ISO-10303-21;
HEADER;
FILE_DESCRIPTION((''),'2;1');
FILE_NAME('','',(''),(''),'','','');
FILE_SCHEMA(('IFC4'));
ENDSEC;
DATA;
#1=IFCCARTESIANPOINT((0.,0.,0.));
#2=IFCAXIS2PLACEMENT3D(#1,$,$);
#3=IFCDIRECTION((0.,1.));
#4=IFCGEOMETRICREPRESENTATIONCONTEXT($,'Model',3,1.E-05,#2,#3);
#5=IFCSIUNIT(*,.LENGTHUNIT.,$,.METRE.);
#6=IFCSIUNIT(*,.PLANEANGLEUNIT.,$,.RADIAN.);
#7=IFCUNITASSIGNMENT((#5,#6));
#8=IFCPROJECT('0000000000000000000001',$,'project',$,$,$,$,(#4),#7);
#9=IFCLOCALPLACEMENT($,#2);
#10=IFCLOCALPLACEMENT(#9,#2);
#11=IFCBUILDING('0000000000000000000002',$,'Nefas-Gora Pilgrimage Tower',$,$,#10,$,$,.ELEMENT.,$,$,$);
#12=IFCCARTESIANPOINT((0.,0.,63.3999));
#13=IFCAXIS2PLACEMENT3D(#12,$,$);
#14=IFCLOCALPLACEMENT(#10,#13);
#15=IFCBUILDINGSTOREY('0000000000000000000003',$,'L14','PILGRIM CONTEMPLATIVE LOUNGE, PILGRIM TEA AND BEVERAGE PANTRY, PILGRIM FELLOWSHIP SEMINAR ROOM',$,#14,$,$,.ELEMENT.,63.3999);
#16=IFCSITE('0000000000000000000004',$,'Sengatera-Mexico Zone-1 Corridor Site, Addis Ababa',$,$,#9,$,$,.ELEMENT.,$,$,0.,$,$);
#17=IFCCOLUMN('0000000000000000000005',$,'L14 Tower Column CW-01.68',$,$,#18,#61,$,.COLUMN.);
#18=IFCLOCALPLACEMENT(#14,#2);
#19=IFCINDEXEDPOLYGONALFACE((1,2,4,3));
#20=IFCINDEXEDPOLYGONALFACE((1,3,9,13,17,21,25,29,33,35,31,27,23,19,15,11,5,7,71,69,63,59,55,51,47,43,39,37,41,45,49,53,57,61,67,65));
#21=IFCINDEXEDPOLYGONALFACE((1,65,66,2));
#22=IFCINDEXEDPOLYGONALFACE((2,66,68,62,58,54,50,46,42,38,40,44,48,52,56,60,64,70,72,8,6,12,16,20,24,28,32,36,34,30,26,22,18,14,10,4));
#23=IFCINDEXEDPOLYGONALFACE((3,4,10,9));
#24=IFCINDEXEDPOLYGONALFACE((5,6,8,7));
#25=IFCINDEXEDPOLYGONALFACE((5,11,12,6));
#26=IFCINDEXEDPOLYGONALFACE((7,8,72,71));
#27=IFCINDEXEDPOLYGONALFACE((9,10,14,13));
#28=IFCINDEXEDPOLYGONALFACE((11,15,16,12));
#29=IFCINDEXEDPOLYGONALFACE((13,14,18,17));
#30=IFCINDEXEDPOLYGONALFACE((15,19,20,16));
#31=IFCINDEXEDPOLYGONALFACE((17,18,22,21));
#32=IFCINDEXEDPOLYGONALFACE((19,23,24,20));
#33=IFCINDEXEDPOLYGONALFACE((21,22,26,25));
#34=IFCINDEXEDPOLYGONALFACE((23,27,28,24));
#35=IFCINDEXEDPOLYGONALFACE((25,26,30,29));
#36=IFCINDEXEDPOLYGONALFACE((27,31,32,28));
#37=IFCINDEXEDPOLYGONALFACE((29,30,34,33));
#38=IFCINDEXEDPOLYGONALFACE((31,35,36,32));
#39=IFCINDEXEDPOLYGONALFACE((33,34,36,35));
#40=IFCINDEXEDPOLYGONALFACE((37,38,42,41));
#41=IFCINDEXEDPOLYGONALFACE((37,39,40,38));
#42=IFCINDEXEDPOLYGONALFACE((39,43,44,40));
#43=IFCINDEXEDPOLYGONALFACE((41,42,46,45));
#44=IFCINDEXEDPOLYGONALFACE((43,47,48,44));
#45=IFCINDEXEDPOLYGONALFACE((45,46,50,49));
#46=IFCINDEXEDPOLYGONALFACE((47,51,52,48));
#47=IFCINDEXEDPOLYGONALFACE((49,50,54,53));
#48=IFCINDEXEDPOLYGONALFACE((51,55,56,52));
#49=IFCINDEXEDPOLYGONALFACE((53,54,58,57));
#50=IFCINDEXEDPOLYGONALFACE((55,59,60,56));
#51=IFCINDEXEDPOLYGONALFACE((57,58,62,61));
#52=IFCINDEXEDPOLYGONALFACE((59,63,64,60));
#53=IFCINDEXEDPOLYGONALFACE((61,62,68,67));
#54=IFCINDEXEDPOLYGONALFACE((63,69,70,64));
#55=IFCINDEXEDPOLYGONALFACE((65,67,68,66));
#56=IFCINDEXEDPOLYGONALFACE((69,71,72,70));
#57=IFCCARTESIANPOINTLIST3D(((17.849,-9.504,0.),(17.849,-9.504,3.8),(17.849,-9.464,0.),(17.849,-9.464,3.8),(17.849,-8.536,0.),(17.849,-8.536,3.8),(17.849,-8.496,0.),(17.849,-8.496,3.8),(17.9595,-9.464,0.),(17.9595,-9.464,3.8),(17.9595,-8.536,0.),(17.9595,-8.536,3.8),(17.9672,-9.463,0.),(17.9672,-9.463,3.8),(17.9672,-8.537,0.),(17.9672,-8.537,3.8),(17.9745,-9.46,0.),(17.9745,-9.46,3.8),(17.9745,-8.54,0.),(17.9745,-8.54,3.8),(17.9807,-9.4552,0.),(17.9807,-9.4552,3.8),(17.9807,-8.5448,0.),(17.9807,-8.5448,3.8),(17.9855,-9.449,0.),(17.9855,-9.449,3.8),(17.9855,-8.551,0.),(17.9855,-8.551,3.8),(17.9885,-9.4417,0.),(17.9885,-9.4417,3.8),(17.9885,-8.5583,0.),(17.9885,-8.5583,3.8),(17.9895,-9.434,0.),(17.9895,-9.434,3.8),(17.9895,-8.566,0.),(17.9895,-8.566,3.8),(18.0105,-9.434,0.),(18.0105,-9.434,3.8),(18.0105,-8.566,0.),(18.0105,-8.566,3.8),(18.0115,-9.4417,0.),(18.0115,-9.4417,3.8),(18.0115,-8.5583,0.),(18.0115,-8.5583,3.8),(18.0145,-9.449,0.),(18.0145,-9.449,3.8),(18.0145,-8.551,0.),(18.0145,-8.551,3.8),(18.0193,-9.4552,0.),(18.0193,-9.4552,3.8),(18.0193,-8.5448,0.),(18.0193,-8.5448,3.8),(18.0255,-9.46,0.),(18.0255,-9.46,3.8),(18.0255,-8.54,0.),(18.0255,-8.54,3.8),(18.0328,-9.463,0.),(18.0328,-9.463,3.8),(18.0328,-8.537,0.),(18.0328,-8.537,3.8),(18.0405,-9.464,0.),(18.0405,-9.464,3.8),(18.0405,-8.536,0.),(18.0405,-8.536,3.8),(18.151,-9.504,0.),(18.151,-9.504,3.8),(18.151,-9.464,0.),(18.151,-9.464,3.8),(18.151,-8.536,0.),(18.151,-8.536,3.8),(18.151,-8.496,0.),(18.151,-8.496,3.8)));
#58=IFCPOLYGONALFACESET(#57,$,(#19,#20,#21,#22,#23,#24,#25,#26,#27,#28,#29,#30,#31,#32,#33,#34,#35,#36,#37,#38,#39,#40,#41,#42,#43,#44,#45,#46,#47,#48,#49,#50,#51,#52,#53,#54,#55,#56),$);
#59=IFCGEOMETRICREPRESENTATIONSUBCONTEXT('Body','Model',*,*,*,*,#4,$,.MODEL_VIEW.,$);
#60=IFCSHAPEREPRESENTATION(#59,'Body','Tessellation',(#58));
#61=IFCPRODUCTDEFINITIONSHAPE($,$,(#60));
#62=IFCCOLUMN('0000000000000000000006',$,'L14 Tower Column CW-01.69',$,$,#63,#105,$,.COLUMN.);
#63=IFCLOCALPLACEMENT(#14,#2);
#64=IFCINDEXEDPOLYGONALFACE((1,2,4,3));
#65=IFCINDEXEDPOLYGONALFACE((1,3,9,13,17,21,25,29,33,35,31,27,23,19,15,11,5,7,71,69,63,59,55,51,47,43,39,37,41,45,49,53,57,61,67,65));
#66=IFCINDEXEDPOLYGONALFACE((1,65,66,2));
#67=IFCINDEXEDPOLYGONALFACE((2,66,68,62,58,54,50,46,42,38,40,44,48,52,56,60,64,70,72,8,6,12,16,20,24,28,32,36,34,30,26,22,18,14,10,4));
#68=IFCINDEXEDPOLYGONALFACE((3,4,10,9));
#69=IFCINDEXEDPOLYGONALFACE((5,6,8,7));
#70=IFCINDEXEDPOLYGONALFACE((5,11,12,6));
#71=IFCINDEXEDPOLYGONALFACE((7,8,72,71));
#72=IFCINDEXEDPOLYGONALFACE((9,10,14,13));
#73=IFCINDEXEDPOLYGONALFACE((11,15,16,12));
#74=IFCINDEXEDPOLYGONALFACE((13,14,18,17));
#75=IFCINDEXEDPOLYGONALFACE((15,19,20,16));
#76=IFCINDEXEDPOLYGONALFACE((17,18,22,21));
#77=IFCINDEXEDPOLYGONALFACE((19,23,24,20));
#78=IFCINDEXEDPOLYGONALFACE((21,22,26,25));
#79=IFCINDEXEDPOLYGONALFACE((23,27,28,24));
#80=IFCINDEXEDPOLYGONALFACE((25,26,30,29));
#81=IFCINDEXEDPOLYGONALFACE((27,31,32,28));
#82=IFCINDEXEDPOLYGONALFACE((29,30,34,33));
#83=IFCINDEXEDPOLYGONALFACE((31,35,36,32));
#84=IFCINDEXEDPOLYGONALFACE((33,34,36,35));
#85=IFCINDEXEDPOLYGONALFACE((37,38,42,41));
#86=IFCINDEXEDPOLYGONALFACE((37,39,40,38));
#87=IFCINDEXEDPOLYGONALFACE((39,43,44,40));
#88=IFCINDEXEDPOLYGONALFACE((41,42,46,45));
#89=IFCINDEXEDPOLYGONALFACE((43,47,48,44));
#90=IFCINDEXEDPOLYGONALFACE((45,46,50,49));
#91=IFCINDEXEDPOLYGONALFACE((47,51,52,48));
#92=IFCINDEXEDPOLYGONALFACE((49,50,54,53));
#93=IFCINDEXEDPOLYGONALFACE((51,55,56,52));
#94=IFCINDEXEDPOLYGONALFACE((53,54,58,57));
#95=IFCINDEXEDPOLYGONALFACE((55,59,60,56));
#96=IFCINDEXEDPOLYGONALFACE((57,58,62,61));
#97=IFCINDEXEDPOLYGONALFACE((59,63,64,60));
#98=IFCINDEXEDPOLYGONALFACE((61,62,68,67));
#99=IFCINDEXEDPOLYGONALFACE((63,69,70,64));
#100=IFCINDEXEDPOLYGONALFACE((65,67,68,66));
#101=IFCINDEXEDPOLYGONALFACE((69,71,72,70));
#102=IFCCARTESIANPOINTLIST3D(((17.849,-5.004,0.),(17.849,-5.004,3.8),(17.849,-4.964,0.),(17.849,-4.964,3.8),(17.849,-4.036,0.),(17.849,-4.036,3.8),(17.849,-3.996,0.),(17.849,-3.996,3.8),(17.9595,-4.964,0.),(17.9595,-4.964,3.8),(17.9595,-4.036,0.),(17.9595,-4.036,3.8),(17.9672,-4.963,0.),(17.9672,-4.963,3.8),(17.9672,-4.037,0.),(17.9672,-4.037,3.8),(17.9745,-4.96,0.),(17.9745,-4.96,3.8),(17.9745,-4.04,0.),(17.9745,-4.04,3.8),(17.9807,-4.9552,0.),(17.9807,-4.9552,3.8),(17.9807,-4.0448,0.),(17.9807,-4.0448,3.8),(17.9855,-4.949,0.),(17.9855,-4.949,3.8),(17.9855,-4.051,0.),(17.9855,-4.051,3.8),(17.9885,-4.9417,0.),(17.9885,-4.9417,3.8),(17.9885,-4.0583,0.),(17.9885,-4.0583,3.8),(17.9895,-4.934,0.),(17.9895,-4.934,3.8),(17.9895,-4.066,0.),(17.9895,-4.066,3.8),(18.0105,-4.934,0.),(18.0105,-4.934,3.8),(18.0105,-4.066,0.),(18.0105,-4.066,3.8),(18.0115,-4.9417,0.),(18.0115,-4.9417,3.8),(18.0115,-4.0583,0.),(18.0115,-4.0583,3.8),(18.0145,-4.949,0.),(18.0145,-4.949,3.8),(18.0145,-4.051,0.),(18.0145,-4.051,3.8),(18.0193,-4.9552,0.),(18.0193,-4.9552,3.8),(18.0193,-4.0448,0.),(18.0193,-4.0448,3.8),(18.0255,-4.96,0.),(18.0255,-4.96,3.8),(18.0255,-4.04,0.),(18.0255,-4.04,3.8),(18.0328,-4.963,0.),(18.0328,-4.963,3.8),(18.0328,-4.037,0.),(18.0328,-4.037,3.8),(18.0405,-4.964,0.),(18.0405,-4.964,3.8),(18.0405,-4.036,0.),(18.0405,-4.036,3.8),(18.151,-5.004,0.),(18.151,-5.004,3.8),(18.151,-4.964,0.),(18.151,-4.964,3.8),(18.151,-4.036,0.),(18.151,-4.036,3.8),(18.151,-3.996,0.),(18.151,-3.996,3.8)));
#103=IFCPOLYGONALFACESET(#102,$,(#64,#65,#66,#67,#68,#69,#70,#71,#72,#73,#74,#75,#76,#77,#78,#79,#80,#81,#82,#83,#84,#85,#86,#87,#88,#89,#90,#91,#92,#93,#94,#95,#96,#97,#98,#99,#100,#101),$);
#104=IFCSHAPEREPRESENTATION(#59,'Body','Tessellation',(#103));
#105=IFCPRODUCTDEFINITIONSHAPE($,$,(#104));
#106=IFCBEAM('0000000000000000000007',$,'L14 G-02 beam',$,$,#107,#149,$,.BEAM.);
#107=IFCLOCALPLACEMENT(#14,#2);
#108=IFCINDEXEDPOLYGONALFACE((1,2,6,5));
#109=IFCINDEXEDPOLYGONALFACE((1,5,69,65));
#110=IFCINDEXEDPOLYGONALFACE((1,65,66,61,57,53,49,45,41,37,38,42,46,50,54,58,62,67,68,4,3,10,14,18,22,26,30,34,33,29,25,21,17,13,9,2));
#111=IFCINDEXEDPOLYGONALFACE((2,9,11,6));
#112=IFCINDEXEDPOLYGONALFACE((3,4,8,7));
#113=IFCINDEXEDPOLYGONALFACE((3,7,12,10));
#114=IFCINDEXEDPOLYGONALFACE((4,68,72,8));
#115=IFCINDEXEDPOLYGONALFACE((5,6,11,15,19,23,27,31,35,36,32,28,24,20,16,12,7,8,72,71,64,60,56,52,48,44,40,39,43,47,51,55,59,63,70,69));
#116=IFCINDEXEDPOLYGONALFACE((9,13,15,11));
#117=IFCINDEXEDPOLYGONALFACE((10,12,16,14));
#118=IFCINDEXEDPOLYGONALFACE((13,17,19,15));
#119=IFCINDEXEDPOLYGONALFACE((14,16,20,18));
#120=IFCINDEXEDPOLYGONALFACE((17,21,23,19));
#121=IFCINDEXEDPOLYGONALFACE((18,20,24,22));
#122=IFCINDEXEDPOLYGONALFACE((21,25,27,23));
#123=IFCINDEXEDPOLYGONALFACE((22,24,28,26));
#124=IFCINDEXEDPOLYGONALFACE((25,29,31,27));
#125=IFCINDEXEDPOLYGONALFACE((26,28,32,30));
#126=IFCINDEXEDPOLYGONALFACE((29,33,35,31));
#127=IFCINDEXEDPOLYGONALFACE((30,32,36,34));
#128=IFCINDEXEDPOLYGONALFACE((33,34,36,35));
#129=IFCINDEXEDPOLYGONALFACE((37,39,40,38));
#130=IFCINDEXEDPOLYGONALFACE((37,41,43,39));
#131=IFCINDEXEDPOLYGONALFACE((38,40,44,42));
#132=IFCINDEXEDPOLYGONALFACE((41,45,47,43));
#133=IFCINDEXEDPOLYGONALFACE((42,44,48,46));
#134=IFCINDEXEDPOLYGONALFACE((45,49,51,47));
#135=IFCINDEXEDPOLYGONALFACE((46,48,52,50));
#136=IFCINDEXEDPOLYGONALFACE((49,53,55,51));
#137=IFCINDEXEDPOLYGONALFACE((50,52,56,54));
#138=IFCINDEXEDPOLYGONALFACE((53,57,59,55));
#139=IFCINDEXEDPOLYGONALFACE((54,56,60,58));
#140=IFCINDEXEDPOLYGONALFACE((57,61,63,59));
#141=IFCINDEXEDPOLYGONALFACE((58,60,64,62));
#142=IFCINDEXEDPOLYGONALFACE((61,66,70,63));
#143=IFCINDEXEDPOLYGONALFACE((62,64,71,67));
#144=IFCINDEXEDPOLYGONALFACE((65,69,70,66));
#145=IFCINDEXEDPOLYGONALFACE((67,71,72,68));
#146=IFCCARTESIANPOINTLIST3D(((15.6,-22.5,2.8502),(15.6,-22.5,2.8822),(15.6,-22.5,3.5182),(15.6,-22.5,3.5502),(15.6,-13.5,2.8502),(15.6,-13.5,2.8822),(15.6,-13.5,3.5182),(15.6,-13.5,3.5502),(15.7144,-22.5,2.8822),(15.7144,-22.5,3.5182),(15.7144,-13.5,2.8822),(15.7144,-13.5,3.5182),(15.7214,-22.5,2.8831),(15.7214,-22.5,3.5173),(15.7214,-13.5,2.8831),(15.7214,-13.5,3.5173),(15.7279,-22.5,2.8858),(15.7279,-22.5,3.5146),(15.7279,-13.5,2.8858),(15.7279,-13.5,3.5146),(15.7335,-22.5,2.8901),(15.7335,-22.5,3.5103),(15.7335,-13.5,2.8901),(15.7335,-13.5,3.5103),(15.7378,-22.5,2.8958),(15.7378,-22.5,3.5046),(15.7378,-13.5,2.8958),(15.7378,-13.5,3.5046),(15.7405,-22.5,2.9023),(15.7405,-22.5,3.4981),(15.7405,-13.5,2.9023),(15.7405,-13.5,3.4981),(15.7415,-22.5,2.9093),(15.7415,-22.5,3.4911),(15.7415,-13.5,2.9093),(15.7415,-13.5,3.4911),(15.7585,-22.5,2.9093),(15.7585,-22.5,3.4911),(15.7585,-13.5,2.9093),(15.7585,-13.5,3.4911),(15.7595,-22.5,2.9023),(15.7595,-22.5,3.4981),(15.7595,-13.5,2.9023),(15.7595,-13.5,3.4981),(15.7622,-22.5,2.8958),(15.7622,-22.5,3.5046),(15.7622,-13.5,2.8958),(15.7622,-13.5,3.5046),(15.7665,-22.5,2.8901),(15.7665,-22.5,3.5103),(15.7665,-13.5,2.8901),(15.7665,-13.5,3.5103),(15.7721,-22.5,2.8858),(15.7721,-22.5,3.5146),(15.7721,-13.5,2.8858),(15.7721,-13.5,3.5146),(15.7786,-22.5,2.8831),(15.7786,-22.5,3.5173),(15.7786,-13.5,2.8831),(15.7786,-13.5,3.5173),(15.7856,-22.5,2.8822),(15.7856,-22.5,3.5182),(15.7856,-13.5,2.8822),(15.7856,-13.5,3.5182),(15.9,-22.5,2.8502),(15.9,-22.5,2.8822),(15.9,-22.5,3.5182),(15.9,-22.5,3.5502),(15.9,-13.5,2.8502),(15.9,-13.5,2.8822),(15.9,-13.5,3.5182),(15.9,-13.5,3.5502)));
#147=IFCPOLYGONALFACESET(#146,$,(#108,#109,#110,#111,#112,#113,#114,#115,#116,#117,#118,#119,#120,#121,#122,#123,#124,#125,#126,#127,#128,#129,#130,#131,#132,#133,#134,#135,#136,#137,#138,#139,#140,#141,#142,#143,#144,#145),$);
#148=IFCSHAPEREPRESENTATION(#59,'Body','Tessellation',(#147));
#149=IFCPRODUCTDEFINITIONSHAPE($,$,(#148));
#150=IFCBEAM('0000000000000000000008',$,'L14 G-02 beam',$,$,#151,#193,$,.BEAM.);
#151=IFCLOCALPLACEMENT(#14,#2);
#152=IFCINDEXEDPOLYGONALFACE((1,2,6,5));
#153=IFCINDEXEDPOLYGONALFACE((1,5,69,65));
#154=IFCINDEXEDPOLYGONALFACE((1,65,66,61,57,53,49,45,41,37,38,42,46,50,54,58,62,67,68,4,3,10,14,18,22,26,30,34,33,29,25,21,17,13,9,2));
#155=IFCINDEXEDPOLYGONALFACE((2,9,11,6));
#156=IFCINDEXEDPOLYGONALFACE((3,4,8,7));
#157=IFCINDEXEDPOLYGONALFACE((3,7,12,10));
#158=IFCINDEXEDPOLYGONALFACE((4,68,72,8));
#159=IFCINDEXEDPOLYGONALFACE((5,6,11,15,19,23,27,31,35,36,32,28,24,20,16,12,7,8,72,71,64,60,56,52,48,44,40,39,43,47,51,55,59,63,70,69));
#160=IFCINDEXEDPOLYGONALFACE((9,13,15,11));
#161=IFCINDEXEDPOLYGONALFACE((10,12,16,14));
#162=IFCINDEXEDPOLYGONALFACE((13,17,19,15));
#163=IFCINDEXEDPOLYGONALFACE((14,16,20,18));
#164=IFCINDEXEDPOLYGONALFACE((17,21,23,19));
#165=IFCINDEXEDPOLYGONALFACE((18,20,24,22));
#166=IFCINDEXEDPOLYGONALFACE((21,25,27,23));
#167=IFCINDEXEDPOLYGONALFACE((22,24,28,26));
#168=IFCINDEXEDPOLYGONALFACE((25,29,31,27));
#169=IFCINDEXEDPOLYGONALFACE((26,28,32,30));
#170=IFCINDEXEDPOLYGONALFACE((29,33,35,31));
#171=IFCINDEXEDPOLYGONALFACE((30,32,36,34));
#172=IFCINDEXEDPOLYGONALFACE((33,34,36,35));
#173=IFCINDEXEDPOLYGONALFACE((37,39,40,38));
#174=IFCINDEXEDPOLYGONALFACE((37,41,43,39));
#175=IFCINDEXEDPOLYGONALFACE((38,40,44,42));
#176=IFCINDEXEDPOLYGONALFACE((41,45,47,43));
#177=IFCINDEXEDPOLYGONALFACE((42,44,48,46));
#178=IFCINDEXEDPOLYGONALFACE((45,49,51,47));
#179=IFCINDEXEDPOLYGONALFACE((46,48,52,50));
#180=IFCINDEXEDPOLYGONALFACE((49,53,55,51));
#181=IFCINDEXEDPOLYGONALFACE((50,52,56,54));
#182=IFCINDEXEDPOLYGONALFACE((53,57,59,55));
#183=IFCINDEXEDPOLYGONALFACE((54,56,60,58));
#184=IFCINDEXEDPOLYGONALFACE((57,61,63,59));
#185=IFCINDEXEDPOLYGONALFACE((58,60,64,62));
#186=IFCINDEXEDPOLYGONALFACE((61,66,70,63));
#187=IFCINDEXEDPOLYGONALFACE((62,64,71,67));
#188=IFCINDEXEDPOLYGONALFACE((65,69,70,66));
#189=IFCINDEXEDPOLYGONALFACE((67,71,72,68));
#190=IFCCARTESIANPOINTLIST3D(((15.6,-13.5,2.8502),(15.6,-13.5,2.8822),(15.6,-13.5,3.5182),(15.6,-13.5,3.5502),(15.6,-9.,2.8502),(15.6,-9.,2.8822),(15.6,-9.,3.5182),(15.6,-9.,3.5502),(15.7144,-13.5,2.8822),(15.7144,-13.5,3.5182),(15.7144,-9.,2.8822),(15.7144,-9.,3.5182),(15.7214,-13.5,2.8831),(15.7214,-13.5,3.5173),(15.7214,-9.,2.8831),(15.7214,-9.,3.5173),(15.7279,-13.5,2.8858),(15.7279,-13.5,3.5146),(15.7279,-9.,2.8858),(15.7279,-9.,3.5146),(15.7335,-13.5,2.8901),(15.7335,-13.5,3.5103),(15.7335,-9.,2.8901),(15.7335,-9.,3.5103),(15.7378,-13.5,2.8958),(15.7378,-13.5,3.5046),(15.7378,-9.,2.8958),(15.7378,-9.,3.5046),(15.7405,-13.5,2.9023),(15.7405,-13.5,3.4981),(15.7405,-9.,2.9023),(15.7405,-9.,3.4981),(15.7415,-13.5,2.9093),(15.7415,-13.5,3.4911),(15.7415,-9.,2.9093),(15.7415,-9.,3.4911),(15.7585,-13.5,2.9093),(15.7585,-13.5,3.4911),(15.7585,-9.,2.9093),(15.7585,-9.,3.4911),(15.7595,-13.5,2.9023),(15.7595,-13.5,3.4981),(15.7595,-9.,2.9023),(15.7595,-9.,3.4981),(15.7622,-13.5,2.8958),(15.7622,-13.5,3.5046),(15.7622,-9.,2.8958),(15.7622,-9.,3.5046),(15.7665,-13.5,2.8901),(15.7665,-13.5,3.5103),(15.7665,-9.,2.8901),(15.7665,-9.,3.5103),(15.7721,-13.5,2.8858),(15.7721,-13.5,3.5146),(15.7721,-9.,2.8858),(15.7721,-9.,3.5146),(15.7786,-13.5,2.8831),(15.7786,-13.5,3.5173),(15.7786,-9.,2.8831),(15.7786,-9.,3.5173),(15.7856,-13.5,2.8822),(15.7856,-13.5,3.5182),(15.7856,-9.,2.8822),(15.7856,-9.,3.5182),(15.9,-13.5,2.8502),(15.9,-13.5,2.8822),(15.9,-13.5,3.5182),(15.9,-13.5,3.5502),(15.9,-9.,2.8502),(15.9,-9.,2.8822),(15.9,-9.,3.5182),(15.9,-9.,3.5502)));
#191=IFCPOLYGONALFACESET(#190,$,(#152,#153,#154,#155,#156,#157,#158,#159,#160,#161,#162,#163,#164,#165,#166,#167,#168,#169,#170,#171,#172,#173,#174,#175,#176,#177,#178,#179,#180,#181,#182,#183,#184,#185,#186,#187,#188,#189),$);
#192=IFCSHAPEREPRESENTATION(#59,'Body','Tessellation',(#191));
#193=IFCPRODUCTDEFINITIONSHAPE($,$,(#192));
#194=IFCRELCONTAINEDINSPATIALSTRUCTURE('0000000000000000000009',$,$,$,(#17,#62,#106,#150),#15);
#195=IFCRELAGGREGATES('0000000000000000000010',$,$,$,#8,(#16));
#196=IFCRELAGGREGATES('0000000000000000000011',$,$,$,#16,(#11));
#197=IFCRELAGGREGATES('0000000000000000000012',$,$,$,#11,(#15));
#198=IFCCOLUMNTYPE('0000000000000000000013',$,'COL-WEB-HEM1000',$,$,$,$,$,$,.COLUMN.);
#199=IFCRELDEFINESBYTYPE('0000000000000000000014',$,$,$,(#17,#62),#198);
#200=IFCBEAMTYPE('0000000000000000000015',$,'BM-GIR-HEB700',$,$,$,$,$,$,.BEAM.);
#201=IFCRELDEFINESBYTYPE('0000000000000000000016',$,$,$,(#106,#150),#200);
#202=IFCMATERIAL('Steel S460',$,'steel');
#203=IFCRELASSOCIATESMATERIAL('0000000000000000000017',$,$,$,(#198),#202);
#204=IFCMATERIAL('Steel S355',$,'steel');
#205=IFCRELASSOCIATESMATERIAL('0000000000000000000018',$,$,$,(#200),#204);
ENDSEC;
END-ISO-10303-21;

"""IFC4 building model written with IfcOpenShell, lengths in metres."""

from ifc_helpers import new_model, si_unit, direction, frame, origin, origin_2d, place, context, subcontext, project, spatial, i_section, extrude, source, transform, mapped, material, material_profile, profile_set, type_object, element, save


model = new_model("IFC4")

# Units and contexts
model_context = context("Model", 3, precision=1e-05, world=origin(), true_north=direction((0.0, 1.0)))
body_context = subcontext(model_context, "Body", "Model", "MODEL_VIEW")
ifc_project = project(units=[si_unit("LENGTHUNIT", "METRE"), si_unit("PLANEANGLEUNIT", "RADIAN")], contexts=[model_context])

# Site, building, storey
site_placement = place(None, origin())
site = spatial("IfcSite", under=ifc_project, at=site_placement, Name="Sengatera-Mexico Zone-1 Corridor Site, Addis Ababa", CompositionType="ELEMENT", RefElevation=0.0)
building_placement = place(site_placement, origin())
building = spatial("IfcBuilding", under=site, at=building_placement, Name="Nefas-Gora Pilgrimage Tower", CompositionType="ELEMENT")
storey_placement = place(building_placement, frame((0.0, 0.0, 63.3999)))
storey = spatial("IfcBuildingStorey", under=building, at=storey_placement, Name="L14", Description="PILGRIM CONTEMPLATIVE LOUNGE, PILGRIM TEA AND BEVERAGE PANTRY, PILGRIM FELLOWSHIP SEMINAR ROOM", CompositionType="ELEMENT", Elevation=63.3999)

# Columns
ifc_material_1 = material(Name="Steel S460", Category="steel")
ifc_material_profile_1 = material_profile(ifc_material_1, i_section(OverallWidth=0.302, OverallDepth=1.0081, WebThickness=0.021, FlangeThickness=0.04, FilletRadius=0.03, at=origin_2d()), Name="HEM 1000")
ifc_profile_set_1 = profile_set([ifc_material_profile_1], Name="Steel S460")
column_type_1 = type_object("IfcColumnType", Name="COL-WEB-HEM1000", PredefinedType="COLUMN", material=ifc_profile_set_1)
shared_shape_1 = source(origin(), body_context, "Body", "SweptSolid", [
    extrude(i_section(OverallWidth=0.302, OverallDepth=1.0081, WebThickness=0.021, FlangeThickness=0.04, FilletRadius=0.03, at=origin_2d()), origin(), (0.0, 0.0, 1.0), 3.8),
])
for number, where, z_axis, x_axis, name in (
    (1, (18.0, -9.0, 0.0), (0.0, 0.0, 1.0), (1.0, 0.0, 0.0), "L14 Tower Column CW-01.68"),
    (2, (18.0, -4.5, 0.0), (0.0, 0.0, 1.0), (1.0, 0.0, 0.0), "L14 Tower Column CW-01.69"),
):
    element("IfcColumn", number, at=place(storey_placement, frame(where, z_axis=z_axis, x_axis=x_axis)), inside=storey, type_object=column_type_1, Name=name, PredefinedType="COLUMN", context=body_context, shape_type="MappedRepresentation", body=[
        mapped(shared_shape_1, transform((0.0, 0.0, 0.0), x_axis=(1.0, 0.0, 0.0), y_axis=(0.0, 1.0, 0.0), z_axis=(0.0, 0.0, 1.0), scale=1.0)),
    ])

# Beams
ifc_material_2 = material(Name="Steel S355", Category="steel")
ifc_material_profile_2 = material_profile(ifc_material_2, i_section(OverallWidth=0.3, OverallDepth=0.7, WebThickness=0.0171, FlangeThickness=0.032, FilletRadius=0.0271, at=origin_2d()), Name="HEB 700")
ifc_profile_set_2 = profile_set([ifc_material_profile_2], Name="Steel S355")
beam_type_1 = type_object("IfcBeamType", Name="BM-GIR-HEB700", PredefinedType="BEAM", material=ifc_profile_set_2)
shared_shape_2 = source(origin(), body_context, "Body", "SweptSolid", [
    extrude(i_section(OverallWidth=0.3, OverallDepth=0.7, WebThickness=0.0171, FlangeThickness=0.032, FilletRadius=0.0271, at=origin_2d()), origin(), (0.0, 0.0, 1.0), 9.0),
])
beam_placement = place(storey_placement, frame((15.75, -22.5, 3.2002), z_axis=(0.0, 1.0, 0.0), x_axis=(-1.0, 0.0, 0.0)))
element("IfcBeam", 3, at=beam_placement, inside=storey, type_object=beam_type_1, Name="L14 G-02 beam", PredefinedType="BEAM", context=body_context, shape_type="MappedRepresentation", body=[
    mapped(shared_shape_2, transform((0.0, 0.0, 0.0), x_axis=(1.0, 0.0, 0.0), y_axis=(0.0, 1.0, 0.0), z_axis=(0.0, 0.0, 1.0), scale=1.0)),
])
shared_shape_3 = source(origin(), body_context, "Body", "SweptSolid", [
    extrude(i_section(OverallWidth=0.3, OverallDepth=0.7, WebThickness=0.0171, FlangeThickness=0.032, FilletRadius=0.0271, at=origin_2d()), origin(), (0.0, 0.0, 1.0), 4.5),
])
for number, where, z_axis, x_axis, name in (
    (4, (15.75, -13.5, 3.2002), (0.0, 1.0, 0.0), (-1.0, 0.0, 0.0), "L14 G-02 beam"),
):
    element("IfcBeam", number, at=place(storey_placement, frame(where, z_axis=z_axis, x_axis=x_axis)), inside=storey, type_object=beam_type_1, Name=name, PredefinedType="BEAM", context=body_context, shape_type="MappedRepresentation", body=[
        mapped(shared_shape_3, transform((0.0, 0.0, 0.0), x_axis=(1.0, 0.0, 0.0), y_axis=(0.0, 1.0, 0.0), z_axis=(0.0, 0.0, 1.0), scale=1.0)),
    ])

save(model, "model.ifc")
